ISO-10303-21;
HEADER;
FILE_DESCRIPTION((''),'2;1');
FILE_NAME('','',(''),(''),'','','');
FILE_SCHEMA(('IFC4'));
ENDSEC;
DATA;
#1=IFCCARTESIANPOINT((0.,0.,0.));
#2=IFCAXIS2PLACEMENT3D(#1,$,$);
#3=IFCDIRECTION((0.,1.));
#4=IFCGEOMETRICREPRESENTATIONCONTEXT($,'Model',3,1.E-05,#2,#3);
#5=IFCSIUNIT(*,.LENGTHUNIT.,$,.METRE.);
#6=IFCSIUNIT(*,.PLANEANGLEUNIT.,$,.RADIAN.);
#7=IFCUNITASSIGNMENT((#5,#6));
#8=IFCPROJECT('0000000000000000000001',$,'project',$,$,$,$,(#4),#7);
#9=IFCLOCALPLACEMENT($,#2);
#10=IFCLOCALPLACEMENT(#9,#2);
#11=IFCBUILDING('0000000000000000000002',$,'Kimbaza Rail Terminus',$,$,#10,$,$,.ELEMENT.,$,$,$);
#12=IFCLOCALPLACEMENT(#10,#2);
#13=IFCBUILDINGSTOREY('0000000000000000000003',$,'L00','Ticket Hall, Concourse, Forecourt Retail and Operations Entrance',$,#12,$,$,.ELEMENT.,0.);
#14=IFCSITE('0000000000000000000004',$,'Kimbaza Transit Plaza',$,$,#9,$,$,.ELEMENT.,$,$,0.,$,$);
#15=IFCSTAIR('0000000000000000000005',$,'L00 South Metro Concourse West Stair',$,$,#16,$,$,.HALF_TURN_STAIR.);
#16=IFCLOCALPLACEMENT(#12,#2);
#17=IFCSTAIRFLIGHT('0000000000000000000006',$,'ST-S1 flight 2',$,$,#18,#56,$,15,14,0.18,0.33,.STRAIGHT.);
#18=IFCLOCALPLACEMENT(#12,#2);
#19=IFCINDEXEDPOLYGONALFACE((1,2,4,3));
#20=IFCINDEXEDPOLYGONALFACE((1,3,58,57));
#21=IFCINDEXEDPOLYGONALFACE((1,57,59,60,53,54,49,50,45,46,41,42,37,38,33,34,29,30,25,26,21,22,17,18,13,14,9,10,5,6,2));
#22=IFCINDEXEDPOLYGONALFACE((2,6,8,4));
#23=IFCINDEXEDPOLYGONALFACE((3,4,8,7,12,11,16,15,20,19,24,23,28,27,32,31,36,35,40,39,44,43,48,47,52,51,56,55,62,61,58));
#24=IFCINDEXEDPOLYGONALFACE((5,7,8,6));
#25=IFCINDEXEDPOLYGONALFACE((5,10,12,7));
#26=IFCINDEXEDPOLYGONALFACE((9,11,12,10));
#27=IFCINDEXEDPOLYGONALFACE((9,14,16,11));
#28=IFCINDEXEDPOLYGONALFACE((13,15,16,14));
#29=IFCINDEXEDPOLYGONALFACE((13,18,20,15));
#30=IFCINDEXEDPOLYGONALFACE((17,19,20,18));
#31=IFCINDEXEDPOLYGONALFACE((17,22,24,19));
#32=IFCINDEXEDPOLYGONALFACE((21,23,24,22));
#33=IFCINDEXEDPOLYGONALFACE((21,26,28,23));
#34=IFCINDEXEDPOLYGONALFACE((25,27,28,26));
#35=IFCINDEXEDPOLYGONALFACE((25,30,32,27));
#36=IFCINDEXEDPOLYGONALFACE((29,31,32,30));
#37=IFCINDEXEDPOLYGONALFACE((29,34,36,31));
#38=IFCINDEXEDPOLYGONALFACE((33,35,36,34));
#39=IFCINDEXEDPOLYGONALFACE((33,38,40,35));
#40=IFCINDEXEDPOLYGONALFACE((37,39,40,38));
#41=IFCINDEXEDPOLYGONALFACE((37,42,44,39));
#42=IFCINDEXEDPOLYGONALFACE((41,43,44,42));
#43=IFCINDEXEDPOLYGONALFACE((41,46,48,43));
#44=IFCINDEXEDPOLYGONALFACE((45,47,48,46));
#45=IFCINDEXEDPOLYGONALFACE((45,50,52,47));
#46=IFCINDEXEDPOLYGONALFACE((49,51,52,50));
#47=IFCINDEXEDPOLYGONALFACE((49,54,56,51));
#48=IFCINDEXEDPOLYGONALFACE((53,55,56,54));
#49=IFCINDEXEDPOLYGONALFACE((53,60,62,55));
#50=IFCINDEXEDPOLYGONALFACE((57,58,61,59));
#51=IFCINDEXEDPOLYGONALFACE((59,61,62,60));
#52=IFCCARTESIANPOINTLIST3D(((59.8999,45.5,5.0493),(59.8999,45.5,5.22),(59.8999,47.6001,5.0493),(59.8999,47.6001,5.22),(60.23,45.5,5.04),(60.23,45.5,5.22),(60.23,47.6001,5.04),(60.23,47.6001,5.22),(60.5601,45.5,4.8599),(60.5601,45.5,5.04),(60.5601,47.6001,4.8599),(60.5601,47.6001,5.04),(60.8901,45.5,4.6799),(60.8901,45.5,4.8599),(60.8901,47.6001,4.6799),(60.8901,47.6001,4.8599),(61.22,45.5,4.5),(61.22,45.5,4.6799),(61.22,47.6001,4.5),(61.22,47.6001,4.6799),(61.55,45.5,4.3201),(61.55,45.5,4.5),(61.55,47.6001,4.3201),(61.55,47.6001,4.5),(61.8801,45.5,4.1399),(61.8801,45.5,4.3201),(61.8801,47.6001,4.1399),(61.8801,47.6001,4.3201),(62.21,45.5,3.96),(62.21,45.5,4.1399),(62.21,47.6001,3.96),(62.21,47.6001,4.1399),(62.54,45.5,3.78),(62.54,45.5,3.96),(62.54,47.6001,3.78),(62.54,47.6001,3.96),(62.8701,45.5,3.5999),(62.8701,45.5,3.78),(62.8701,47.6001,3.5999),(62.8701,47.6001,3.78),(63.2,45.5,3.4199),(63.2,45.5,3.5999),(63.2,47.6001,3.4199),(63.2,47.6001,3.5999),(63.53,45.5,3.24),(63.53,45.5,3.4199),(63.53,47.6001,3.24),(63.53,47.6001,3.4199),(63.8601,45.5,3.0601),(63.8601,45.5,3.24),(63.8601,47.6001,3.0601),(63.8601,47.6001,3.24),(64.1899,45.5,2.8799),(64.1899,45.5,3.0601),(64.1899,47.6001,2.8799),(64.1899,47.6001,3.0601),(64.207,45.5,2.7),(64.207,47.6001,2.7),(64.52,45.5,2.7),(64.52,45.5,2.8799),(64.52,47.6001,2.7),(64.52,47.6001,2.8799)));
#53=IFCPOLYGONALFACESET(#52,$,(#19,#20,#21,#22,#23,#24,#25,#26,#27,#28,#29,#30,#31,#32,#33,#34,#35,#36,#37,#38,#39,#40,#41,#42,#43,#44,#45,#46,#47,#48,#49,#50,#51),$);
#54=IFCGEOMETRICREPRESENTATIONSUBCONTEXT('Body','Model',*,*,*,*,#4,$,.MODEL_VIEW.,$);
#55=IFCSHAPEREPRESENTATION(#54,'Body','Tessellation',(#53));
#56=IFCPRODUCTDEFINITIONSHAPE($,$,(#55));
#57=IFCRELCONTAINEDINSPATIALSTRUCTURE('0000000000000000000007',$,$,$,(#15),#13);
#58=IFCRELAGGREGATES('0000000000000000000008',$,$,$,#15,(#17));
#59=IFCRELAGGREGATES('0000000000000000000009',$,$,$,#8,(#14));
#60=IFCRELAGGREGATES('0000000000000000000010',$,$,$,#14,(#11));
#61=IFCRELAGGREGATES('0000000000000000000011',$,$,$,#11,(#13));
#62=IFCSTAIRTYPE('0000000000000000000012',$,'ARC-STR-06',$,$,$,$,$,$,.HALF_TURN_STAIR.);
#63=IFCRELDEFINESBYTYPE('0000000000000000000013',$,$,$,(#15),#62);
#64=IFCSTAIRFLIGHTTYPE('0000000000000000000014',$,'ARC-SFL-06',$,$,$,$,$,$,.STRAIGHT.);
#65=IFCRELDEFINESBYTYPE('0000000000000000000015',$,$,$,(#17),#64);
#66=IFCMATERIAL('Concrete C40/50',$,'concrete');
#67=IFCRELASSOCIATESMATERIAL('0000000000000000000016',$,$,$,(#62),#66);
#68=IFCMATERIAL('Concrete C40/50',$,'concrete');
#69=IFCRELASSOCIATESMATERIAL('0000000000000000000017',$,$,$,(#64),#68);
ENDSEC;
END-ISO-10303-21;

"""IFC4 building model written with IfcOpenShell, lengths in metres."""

from ifc_helpers import new_model, si_unit, direction, frame, origin, place, context, subcontext, project, spatial, polyline, outline, extrude, material, type_object, element, aggregate, save


model = new_model("IFC4")

# Units and contexts
model_context = context("Model", 3, precision=1e-05, world=origin(), true_north=direction((0.0, 1.0)))
body_context = subcontext(model_context, "Body", "Model", "MODEL_VIEW")
ifc_project = project(units=[si_unit("LENGTHUNIT", "METRE"), si_unit("PLANEANGLEUNIT", "RADIAN")], contexts=[model_context])

# Site, building, storey
site_placement = place(None, origin())
site = spatial("IfcSite", under=ifc_project, at=site_placement, Name="Kimbaza Transit Plaza", CompositionType="ELEMENT", RefElevation=0.0)
building_placement = place(site_placement, origin())
building = spatial("IfcBuilding", under=site, at=building_placement, Name="Kimbaza Rail Terminus", CompositionType="ELEMENT")
storey_placement = place(building_placement, origin())
storey = spatial("IfcBuildingStorey", under=building, at=storey_placement, Name="L00", Description="Ticket Hall, Concourse, Forecourt Retail and Operations Entrance", CompositionType="ELEMENT", Elevation=0.0)

# Stair, stair flight
ifc_material_1 = material(Name="Concrete C40/50", Category="concrete")
stair_type = type_object("IfcStairType", Name="ARC-STR-06", PredefinedType="HALF_TURN_STAIR", material=ifc_material_1)
stair_placement = place(storey_placement, origin())
stair = element("IfcStair", 1, at=stair_placement, inside=storey, type_object=stair_type, Name="L00 South Metro Concourse West Stair", PredefinedType="HALF_TURN_STAIR")
ifc_material_2 = material(Name="Concrete C40/50", Category="concrete")
stair_flight_type = type_object("IfcStairFlightType", Name="ARC-SFL-06", PredefinedType="STRAIGHT", material=ifc_material_2)
stair_flight_placement = place(storey_placement, frame((64.52, 46.55, 2.7), z_axis=(0.0, 0.0, 1.0), x_axis=(-1.0, 0.0, 0.0)))
stair_flight = element("IfcStairFlight", 2, at=stair_flight_placement, type_object=stair_flight_type, Name="ST-S1 flight 2", NumberOfRisers=15, NumberOfTreads=14, PredefinedType="STRAIGHT", RiserHeight=0.18, TreadLength=0.33, context=body_context, shape_type="SweptSolid", body=[
    extrude(outline(polyline([(0.0, 0.0), (0.0, 0.1799), (0.3301, 0.1799), (0.3301, 0.3601), (0.6599, 0.3601), (0.6599, 0.54), (0.99, 0.54), (0.99, 0.72), (1.3201, 0.72), (1.3201, 0.8999), (1.6499, 0.8999), (1.6499, 1.0801), (1.98, 1.0801), (1.98, 1.26), (2.3101, 1.26), (2.3101, 1.4399), (2.6399, 1.4399), (2.6399, 1.6201), (2.97, 1.6201), (2.97, 1.8), (3.3, 1.8), (3.3, 1.98), (3.6299, 1.98), (3.6299, 2.1599), (3.96, 2.1599), (3.96, 2.3401), (4.29, 2.3401), (4.29, 2.52), (4.6201, 2.52), (4.6201, 2.7), (4.6201, 2.3494), (0.313, 0.0), (0.0, 0.0)])), frame((0.0, 1.05, 0.0), z_axis=(0.0, -1.0, 0.0), x_axis=(1.0, 0.0, 0.0)), (0.0, 0.0, 1.0), 2.1001),
])
aggregate(stair, [stair_flight])

save(model, "model.ifc")
